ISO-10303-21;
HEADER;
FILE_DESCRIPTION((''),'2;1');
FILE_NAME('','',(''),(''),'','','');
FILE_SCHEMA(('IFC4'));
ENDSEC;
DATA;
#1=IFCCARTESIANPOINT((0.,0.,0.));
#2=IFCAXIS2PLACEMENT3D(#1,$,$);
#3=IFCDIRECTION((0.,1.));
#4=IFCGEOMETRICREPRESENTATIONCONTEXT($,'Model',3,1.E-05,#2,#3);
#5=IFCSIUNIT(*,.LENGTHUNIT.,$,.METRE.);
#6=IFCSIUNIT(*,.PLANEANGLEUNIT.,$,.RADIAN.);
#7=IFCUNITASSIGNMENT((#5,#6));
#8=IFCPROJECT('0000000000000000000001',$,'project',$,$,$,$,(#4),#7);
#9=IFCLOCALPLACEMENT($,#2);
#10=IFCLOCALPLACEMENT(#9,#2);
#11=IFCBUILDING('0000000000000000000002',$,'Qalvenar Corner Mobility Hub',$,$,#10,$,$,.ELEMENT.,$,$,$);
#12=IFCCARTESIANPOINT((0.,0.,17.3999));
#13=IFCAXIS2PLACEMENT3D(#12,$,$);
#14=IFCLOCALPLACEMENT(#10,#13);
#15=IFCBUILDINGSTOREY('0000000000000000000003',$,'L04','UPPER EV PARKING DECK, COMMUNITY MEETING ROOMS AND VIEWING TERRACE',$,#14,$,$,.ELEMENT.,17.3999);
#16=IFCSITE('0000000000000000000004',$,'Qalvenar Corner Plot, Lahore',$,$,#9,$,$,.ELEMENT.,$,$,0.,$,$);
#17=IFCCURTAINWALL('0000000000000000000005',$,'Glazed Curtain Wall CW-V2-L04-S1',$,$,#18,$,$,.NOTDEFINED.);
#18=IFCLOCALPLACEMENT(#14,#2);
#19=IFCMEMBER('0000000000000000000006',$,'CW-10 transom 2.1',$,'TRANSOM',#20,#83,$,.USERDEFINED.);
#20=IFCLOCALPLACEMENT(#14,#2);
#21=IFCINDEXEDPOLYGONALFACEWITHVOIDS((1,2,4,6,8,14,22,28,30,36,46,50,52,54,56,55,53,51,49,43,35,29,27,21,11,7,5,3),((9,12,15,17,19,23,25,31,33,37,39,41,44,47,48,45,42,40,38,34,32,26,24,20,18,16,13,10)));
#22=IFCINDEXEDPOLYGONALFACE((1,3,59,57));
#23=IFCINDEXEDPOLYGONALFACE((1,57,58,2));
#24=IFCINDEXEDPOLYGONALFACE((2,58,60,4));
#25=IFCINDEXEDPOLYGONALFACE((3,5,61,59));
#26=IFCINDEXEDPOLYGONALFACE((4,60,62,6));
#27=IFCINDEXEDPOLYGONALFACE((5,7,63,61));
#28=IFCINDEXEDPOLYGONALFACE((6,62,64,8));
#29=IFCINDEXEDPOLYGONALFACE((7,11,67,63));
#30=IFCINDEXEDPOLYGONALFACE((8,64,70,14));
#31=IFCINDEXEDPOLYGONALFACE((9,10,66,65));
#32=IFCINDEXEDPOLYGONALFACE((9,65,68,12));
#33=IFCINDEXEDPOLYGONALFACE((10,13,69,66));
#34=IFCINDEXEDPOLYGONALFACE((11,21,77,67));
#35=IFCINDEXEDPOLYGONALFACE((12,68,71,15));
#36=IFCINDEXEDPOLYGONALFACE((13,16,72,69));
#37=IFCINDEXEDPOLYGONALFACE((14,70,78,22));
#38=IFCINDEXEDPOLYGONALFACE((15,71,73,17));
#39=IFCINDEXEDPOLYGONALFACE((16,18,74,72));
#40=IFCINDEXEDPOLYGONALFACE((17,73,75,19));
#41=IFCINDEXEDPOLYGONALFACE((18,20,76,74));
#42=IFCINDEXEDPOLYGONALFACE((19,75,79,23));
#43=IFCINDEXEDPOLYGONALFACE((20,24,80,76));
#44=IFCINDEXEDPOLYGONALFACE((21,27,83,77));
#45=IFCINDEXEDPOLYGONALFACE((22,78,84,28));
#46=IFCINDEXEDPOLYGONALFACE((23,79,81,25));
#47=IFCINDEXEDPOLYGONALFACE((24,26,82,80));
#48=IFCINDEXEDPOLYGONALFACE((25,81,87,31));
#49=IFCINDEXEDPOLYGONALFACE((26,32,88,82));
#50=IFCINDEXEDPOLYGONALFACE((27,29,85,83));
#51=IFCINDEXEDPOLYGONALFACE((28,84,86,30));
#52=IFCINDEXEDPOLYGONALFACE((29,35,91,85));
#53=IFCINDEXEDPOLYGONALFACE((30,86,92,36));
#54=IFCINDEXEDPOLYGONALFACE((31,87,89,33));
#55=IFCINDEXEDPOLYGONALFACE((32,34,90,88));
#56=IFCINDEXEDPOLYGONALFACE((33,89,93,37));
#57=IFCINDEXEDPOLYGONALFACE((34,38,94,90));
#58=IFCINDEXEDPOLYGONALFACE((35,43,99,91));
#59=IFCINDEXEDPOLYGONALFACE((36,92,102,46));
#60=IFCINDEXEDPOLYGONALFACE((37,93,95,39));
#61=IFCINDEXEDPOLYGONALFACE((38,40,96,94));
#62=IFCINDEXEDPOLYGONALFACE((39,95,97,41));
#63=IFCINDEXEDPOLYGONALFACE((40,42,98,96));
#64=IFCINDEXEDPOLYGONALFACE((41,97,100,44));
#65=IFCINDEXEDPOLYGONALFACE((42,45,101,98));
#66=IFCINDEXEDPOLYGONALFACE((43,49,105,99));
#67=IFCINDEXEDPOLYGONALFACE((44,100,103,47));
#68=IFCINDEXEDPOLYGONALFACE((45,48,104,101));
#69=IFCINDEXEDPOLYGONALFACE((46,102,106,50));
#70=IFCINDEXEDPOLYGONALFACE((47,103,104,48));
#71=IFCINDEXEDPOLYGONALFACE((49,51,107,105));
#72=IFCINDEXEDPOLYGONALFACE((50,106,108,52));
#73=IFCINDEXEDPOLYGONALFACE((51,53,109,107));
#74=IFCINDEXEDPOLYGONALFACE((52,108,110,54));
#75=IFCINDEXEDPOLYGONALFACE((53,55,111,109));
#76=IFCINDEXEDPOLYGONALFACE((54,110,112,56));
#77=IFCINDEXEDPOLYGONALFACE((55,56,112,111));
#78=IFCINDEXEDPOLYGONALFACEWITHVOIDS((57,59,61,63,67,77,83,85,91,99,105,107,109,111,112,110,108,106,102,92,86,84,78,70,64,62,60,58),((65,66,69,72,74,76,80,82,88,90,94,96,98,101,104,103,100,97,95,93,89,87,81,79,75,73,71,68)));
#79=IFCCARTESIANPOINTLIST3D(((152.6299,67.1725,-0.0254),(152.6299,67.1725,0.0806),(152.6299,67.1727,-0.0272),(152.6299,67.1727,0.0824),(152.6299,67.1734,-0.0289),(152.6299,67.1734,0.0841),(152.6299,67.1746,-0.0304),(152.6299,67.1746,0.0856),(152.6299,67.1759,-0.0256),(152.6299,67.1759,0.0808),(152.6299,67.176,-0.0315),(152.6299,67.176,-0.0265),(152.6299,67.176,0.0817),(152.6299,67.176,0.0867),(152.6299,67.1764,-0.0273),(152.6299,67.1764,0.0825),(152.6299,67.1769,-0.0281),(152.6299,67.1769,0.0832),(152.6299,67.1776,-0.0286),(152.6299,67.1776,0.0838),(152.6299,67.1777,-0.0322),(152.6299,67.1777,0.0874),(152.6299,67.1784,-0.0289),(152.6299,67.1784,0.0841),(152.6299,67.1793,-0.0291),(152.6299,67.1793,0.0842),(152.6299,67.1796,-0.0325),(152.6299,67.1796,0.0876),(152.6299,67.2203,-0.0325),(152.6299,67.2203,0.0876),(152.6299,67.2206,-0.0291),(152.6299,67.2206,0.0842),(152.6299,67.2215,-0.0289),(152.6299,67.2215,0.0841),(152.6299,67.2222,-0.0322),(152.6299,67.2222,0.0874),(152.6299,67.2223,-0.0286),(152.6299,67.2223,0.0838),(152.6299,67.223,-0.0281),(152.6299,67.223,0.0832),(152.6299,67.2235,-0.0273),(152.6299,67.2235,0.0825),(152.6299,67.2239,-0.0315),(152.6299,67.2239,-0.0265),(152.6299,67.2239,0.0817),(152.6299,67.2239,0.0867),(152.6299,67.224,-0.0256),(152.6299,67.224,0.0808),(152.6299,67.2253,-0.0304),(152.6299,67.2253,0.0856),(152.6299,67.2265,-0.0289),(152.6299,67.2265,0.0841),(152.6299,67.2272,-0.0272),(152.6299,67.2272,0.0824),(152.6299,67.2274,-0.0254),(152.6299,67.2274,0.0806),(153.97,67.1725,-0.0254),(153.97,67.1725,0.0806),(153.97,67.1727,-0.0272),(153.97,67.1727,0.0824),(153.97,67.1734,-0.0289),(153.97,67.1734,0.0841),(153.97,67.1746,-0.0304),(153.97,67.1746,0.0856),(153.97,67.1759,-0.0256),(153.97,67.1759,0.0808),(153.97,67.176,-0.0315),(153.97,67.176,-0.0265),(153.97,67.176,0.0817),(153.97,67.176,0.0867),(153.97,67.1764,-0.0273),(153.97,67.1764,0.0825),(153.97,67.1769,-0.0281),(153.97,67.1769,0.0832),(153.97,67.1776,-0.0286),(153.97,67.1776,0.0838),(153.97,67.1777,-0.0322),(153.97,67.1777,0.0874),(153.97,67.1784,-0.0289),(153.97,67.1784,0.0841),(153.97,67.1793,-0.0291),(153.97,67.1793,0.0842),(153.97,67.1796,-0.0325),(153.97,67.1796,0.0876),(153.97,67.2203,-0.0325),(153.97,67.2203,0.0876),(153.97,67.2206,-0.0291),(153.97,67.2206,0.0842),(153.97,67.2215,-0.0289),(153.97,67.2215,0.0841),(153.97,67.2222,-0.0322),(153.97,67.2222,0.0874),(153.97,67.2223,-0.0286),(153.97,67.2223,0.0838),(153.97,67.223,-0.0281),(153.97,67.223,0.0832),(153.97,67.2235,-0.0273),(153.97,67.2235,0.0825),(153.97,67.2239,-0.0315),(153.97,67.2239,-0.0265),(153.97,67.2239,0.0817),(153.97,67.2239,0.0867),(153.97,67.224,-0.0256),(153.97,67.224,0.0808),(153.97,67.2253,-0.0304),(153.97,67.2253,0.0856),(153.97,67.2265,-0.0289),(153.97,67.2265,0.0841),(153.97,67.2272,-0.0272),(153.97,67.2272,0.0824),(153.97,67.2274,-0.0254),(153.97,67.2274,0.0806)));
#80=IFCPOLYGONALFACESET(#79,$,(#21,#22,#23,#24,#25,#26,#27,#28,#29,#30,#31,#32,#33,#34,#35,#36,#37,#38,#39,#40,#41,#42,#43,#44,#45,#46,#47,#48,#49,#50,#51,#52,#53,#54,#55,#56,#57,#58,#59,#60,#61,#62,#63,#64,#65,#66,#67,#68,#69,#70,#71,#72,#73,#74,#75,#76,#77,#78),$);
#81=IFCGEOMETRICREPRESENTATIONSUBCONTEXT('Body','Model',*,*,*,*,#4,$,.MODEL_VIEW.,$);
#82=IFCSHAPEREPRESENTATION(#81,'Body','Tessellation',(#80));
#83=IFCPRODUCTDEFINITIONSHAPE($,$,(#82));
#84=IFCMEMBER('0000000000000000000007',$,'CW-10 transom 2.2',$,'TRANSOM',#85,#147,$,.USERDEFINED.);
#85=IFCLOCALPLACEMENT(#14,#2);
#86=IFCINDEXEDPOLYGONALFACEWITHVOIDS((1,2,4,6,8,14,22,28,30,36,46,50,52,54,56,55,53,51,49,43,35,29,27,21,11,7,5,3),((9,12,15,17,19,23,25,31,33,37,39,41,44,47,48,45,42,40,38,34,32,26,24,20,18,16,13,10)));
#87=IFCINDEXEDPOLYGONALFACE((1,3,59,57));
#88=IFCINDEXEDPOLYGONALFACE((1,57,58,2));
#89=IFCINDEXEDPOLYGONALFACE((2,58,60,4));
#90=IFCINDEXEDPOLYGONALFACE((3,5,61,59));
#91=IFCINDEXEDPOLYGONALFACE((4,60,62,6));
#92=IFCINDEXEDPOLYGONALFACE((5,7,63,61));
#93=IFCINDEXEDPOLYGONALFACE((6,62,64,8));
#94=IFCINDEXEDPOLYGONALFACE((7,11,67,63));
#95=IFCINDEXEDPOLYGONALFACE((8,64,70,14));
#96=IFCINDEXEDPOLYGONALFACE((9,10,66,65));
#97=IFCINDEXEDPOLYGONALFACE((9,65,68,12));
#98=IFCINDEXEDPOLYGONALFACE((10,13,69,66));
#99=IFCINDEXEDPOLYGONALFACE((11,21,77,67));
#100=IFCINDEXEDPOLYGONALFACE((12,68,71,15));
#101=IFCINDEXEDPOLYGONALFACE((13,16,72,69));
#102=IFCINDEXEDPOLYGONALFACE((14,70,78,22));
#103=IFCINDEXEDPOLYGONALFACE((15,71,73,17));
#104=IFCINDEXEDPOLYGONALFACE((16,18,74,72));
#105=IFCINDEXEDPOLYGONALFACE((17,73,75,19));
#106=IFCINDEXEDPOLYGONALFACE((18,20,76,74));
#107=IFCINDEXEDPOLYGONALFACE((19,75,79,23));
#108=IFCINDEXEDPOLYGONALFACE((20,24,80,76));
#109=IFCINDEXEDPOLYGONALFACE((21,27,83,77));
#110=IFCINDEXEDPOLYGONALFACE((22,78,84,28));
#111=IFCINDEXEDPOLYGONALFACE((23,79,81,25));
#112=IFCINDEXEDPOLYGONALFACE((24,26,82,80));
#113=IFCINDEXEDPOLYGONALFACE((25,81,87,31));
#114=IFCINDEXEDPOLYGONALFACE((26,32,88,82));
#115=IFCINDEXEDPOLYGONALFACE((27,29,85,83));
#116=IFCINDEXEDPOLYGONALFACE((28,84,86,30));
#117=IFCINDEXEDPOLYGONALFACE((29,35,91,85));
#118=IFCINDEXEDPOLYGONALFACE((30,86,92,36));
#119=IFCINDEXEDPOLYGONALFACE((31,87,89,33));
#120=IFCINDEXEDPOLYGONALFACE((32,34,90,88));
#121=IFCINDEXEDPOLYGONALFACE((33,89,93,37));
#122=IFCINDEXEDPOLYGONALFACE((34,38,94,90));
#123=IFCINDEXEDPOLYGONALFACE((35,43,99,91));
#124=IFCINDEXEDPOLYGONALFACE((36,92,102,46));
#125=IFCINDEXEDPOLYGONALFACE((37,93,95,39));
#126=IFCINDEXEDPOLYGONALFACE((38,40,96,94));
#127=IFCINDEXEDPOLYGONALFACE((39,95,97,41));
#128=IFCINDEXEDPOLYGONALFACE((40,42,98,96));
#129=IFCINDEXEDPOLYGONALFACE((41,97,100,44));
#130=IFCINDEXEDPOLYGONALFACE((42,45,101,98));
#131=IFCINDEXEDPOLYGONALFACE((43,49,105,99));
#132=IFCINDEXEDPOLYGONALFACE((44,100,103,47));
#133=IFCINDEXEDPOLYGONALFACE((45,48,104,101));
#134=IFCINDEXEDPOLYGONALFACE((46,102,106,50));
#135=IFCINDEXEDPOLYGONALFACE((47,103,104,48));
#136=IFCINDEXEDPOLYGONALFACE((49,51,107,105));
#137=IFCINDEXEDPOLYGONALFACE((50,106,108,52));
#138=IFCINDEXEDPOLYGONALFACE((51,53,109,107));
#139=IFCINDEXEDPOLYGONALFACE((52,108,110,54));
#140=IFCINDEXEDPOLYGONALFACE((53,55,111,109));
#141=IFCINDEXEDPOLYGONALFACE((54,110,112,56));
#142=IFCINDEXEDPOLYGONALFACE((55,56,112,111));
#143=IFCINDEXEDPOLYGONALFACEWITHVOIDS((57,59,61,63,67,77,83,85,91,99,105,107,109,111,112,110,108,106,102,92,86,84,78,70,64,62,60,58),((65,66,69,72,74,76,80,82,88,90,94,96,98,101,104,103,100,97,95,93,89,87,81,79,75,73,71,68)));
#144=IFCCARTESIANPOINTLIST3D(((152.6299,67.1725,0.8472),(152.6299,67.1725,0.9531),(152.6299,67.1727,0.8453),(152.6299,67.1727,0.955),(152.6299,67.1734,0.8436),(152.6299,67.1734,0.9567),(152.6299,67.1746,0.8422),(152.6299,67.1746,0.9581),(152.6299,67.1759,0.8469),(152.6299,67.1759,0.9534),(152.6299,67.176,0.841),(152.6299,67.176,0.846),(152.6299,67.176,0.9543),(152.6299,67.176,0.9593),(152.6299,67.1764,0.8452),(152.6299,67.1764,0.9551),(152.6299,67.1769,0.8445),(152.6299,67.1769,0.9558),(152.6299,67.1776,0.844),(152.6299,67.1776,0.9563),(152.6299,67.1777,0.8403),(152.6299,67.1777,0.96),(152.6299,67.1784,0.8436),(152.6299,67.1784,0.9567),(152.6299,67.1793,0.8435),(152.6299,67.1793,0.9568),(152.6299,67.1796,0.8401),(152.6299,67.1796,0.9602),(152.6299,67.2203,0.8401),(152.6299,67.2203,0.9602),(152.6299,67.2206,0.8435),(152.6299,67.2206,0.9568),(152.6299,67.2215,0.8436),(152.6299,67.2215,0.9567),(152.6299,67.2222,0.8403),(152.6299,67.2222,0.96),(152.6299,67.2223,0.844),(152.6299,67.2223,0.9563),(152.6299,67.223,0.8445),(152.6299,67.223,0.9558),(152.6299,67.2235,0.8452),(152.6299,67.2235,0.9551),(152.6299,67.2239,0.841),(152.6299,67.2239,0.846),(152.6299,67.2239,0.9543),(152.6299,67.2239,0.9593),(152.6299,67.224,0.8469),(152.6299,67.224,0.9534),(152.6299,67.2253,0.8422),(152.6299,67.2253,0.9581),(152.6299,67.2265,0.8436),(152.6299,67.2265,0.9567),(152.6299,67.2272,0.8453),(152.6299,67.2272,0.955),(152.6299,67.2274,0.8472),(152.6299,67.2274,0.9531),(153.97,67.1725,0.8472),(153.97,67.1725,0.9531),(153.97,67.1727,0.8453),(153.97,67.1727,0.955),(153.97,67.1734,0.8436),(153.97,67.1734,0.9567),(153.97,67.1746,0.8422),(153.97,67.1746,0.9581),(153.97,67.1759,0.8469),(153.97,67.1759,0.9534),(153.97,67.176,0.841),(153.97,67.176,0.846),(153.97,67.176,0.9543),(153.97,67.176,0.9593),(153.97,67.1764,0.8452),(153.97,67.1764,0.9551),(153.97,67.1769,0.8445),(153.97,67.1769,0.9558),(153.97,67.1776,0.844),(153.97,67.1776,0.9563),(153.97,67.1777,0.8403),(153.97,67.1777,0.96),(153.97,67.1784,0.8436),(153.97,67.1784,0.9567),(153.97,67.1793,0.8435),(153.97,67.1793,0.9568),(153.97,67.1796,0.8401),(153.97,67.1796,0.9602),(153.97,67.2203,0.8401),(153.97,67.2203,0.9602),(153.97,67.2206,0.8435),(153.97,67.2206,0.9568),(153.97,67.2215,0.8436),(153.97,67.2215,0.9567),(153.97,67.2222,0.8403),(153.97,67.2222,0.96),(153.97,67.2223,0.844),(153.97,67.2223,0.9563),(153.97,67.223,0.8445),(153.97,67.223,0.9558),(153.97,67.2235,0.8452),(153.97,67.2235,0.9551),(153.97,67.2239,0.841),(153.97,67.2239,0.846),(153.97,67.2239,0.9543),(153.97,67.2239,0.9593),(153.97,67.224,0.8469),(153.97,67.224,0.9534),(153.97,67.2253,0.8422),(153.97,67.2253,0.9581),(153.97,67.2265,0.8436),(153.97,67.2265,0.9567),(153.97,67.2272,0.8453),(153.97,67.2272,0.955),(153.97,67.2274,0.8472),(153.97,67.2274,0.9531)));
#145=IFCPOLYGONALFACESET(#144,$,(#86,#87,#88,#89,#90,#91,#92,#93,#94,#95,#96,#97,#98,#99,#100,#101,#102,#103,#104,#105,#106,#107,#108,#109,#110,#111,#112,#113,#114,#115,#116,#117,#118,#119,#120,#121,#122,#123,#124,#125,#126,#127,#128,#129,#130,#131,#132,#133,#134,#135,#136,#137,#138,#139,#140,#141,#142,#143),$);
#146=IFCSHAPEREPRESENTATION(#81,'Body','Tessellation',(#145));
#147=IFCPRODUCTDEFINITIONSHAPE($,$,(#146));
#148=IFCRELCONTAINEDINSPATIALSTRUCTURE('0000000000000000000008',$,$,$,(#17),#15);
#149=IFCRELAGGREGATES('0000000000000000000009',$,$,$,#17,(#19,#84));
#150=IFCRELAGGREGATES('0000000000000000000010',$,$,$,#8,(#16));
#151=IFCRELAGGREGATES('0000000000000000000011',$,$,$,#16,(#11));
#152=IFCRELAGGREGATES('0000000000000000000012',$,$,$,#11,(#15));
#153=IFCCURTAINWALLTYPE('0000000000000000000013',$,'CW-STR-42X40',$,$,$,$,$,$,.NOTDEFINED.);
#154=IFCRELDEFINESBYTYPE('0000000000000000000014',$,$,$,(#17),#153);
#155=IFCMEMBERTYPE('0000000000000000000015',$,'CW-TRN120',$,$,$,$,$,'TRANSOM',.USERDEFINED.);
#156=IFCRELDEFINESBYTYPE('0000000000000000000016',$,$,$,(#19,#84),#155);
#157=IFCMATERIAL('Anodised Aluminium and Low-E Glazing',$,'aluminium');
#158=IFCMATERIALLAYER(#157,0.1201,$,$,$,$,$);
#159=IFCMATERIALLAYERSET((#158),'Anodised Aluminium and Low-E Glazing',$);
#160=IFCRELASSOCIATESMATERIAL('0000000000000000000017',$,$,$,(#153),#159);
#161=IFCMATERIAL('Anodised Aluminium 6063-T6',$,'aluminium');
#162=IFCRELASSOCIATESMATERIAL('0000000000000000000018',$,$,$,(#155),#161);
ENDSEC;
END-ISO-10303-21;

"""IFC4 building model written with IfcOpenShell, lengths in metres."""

from ifc_helpers import new_model, si_unit, direction, frame, origin, origin_2d, place, context, subcontext, project, spatial, hollow_rectangle, extrude, material, layer, layer_set, material_profile, profile_set, type_object, element, aggregate, save


model = new_model("IFC4")

# Units and contexts
model_context = context("Model", 3, precision=1e-05, world=origin(), true_north=direction((0.0, 1.0)))
body_context = subcontext(model_context, "Body", "Model", "MODEL_VIEW")
ifc_project = project(units=[si_unit("LENGTHUNIT", "METRE"), si_unit("PLANEANGLEUNIT", "RADIAN")], contexts=[model_context])

# Site, building, storey
site_placement = place(None, origin())
site = spatial("IfcSite", under=ifc_project, at=site_placement, Name="Qalvenar Corner Plot, Lahore", CompositionType="ELEMENT", RefElevation=0.0)
building_placement = place(site_placement, origin())
building = spatial("IfcBuilding", under=site, at=building_placement, Name="Qalvenar Corner Mobility Hub", CompositionType="ELEMENT")
storey_placement = place(building_placement, frame((0.0, 0.0, 17.3999)))
storey = spatial("IfcBuildingStorey", under=building, at=storey_placement, Name="L04", Description="UPPER EV PARKING DECK, COMMUNITY MEETING ROOMS AND VIEWING TERRACE", CompositionType="ELEMENT", Elevation=17.3999)

# Curtain wall, members
ifc_material_1 = material(Name="Anodised Aluminium and Low-E Glazing", Category="aluminium")
ifc_layer_1 = layer(ifc_material_1, 0.1201)
ifc_layer_set_1 = layer_set([ifc_layer_1], Name="Anodised Aluminium and Low-E Glazing")
curtain_wall_type = type_object("IfcCurtainWallType", Name="CW-STR-42X40", PredefinedType="NOTDEFINED", material=ifc_layer_set_1)
curtain_wall_placement = place(storey_placement, origin())
curtain_wall = element("IfcCurtainWall", 1, at=curtain_wall_placement, inside=storey, type_object=curtain_wall_type, Name="Glazed Curtain Wall CW-V2-L04-S1", PredefinedType="NOTDEFINED")
ifc_material_2 = material(Name="Anodised Aluminium 6063-T6", Category="aluminium")
ifc_material_profile_1 = material_profile(ifc_material_2, hollow_rectangle(XDim=0.0549, YDim=0.1201, WallThickness=0.0034, InnerFilletRadius=0.0034, OuterFilletRadius=0.0071, at=origin_2d()), Name="RHS120x55x3.5")
ifc_profile_set_1 = profile_set([ifc_material_profile_1], Name="Anodised Aluminium 6063-T6")
member_type_1 = type_object("IfcMemberType", Name="CW-TRN120", ElementType="TRANSOM", PredefinedType="USERDEFINED", material=ifc_profile_set_1)
member_1_placement = place(storey_placement, frame((152.6299, 67.2, 0.0276), z_axis=(1.0, 0.0, 0.0), x_axis=(0.0, 1.0, 0.0)))
member_1 = element("IfcMember", 2, at=member_1_placement, type_object=member_type_1, Name="CW-10 transom 2.1", ObjectType="TRANSOM", PredefinedType="USERDEFINED", context=body_context, shape_type="SweptSolid", body=[
    extrude(hollow_rectangle(XDim=0.0549, YDim=0.1201, WallThickness=0.0034, InnerFilletRadius=0.0034, OuterFilletRadius=0.0071, at=origin_2d()), origin(), (0.0, 0.0, 1.0), 1.3401),
])
member_2_placement = place(storey_placement, frame((152.6299, 67.2, 0.9001), z_axis=(1.0, 0.0, 0.0), x_axis=(0.0, 1.0, 0.0)))
member_2 = element("IfcMember", 3, at=member_2_placement, type_object=member_type_1, Name="CW-10 transom 2.2", ObjectType="TRANSOM", PredefinedType="USERDEFINED", context=body_context, shape_type="SweptSolid", body=[
    extrude(hollow_rectangle(XDim=0.0549, YDim=0.1201, WallThickness=0.0034, InnerFilletRadius=0.0034, OuterFilletRadius=0.0071, at=origin_2d()), origin(), (0.0, 0.0, 1.0), 1.3401),
])
aggregate(curtain_wall, [member_1, member_2])

save(model, "model.ifc")
